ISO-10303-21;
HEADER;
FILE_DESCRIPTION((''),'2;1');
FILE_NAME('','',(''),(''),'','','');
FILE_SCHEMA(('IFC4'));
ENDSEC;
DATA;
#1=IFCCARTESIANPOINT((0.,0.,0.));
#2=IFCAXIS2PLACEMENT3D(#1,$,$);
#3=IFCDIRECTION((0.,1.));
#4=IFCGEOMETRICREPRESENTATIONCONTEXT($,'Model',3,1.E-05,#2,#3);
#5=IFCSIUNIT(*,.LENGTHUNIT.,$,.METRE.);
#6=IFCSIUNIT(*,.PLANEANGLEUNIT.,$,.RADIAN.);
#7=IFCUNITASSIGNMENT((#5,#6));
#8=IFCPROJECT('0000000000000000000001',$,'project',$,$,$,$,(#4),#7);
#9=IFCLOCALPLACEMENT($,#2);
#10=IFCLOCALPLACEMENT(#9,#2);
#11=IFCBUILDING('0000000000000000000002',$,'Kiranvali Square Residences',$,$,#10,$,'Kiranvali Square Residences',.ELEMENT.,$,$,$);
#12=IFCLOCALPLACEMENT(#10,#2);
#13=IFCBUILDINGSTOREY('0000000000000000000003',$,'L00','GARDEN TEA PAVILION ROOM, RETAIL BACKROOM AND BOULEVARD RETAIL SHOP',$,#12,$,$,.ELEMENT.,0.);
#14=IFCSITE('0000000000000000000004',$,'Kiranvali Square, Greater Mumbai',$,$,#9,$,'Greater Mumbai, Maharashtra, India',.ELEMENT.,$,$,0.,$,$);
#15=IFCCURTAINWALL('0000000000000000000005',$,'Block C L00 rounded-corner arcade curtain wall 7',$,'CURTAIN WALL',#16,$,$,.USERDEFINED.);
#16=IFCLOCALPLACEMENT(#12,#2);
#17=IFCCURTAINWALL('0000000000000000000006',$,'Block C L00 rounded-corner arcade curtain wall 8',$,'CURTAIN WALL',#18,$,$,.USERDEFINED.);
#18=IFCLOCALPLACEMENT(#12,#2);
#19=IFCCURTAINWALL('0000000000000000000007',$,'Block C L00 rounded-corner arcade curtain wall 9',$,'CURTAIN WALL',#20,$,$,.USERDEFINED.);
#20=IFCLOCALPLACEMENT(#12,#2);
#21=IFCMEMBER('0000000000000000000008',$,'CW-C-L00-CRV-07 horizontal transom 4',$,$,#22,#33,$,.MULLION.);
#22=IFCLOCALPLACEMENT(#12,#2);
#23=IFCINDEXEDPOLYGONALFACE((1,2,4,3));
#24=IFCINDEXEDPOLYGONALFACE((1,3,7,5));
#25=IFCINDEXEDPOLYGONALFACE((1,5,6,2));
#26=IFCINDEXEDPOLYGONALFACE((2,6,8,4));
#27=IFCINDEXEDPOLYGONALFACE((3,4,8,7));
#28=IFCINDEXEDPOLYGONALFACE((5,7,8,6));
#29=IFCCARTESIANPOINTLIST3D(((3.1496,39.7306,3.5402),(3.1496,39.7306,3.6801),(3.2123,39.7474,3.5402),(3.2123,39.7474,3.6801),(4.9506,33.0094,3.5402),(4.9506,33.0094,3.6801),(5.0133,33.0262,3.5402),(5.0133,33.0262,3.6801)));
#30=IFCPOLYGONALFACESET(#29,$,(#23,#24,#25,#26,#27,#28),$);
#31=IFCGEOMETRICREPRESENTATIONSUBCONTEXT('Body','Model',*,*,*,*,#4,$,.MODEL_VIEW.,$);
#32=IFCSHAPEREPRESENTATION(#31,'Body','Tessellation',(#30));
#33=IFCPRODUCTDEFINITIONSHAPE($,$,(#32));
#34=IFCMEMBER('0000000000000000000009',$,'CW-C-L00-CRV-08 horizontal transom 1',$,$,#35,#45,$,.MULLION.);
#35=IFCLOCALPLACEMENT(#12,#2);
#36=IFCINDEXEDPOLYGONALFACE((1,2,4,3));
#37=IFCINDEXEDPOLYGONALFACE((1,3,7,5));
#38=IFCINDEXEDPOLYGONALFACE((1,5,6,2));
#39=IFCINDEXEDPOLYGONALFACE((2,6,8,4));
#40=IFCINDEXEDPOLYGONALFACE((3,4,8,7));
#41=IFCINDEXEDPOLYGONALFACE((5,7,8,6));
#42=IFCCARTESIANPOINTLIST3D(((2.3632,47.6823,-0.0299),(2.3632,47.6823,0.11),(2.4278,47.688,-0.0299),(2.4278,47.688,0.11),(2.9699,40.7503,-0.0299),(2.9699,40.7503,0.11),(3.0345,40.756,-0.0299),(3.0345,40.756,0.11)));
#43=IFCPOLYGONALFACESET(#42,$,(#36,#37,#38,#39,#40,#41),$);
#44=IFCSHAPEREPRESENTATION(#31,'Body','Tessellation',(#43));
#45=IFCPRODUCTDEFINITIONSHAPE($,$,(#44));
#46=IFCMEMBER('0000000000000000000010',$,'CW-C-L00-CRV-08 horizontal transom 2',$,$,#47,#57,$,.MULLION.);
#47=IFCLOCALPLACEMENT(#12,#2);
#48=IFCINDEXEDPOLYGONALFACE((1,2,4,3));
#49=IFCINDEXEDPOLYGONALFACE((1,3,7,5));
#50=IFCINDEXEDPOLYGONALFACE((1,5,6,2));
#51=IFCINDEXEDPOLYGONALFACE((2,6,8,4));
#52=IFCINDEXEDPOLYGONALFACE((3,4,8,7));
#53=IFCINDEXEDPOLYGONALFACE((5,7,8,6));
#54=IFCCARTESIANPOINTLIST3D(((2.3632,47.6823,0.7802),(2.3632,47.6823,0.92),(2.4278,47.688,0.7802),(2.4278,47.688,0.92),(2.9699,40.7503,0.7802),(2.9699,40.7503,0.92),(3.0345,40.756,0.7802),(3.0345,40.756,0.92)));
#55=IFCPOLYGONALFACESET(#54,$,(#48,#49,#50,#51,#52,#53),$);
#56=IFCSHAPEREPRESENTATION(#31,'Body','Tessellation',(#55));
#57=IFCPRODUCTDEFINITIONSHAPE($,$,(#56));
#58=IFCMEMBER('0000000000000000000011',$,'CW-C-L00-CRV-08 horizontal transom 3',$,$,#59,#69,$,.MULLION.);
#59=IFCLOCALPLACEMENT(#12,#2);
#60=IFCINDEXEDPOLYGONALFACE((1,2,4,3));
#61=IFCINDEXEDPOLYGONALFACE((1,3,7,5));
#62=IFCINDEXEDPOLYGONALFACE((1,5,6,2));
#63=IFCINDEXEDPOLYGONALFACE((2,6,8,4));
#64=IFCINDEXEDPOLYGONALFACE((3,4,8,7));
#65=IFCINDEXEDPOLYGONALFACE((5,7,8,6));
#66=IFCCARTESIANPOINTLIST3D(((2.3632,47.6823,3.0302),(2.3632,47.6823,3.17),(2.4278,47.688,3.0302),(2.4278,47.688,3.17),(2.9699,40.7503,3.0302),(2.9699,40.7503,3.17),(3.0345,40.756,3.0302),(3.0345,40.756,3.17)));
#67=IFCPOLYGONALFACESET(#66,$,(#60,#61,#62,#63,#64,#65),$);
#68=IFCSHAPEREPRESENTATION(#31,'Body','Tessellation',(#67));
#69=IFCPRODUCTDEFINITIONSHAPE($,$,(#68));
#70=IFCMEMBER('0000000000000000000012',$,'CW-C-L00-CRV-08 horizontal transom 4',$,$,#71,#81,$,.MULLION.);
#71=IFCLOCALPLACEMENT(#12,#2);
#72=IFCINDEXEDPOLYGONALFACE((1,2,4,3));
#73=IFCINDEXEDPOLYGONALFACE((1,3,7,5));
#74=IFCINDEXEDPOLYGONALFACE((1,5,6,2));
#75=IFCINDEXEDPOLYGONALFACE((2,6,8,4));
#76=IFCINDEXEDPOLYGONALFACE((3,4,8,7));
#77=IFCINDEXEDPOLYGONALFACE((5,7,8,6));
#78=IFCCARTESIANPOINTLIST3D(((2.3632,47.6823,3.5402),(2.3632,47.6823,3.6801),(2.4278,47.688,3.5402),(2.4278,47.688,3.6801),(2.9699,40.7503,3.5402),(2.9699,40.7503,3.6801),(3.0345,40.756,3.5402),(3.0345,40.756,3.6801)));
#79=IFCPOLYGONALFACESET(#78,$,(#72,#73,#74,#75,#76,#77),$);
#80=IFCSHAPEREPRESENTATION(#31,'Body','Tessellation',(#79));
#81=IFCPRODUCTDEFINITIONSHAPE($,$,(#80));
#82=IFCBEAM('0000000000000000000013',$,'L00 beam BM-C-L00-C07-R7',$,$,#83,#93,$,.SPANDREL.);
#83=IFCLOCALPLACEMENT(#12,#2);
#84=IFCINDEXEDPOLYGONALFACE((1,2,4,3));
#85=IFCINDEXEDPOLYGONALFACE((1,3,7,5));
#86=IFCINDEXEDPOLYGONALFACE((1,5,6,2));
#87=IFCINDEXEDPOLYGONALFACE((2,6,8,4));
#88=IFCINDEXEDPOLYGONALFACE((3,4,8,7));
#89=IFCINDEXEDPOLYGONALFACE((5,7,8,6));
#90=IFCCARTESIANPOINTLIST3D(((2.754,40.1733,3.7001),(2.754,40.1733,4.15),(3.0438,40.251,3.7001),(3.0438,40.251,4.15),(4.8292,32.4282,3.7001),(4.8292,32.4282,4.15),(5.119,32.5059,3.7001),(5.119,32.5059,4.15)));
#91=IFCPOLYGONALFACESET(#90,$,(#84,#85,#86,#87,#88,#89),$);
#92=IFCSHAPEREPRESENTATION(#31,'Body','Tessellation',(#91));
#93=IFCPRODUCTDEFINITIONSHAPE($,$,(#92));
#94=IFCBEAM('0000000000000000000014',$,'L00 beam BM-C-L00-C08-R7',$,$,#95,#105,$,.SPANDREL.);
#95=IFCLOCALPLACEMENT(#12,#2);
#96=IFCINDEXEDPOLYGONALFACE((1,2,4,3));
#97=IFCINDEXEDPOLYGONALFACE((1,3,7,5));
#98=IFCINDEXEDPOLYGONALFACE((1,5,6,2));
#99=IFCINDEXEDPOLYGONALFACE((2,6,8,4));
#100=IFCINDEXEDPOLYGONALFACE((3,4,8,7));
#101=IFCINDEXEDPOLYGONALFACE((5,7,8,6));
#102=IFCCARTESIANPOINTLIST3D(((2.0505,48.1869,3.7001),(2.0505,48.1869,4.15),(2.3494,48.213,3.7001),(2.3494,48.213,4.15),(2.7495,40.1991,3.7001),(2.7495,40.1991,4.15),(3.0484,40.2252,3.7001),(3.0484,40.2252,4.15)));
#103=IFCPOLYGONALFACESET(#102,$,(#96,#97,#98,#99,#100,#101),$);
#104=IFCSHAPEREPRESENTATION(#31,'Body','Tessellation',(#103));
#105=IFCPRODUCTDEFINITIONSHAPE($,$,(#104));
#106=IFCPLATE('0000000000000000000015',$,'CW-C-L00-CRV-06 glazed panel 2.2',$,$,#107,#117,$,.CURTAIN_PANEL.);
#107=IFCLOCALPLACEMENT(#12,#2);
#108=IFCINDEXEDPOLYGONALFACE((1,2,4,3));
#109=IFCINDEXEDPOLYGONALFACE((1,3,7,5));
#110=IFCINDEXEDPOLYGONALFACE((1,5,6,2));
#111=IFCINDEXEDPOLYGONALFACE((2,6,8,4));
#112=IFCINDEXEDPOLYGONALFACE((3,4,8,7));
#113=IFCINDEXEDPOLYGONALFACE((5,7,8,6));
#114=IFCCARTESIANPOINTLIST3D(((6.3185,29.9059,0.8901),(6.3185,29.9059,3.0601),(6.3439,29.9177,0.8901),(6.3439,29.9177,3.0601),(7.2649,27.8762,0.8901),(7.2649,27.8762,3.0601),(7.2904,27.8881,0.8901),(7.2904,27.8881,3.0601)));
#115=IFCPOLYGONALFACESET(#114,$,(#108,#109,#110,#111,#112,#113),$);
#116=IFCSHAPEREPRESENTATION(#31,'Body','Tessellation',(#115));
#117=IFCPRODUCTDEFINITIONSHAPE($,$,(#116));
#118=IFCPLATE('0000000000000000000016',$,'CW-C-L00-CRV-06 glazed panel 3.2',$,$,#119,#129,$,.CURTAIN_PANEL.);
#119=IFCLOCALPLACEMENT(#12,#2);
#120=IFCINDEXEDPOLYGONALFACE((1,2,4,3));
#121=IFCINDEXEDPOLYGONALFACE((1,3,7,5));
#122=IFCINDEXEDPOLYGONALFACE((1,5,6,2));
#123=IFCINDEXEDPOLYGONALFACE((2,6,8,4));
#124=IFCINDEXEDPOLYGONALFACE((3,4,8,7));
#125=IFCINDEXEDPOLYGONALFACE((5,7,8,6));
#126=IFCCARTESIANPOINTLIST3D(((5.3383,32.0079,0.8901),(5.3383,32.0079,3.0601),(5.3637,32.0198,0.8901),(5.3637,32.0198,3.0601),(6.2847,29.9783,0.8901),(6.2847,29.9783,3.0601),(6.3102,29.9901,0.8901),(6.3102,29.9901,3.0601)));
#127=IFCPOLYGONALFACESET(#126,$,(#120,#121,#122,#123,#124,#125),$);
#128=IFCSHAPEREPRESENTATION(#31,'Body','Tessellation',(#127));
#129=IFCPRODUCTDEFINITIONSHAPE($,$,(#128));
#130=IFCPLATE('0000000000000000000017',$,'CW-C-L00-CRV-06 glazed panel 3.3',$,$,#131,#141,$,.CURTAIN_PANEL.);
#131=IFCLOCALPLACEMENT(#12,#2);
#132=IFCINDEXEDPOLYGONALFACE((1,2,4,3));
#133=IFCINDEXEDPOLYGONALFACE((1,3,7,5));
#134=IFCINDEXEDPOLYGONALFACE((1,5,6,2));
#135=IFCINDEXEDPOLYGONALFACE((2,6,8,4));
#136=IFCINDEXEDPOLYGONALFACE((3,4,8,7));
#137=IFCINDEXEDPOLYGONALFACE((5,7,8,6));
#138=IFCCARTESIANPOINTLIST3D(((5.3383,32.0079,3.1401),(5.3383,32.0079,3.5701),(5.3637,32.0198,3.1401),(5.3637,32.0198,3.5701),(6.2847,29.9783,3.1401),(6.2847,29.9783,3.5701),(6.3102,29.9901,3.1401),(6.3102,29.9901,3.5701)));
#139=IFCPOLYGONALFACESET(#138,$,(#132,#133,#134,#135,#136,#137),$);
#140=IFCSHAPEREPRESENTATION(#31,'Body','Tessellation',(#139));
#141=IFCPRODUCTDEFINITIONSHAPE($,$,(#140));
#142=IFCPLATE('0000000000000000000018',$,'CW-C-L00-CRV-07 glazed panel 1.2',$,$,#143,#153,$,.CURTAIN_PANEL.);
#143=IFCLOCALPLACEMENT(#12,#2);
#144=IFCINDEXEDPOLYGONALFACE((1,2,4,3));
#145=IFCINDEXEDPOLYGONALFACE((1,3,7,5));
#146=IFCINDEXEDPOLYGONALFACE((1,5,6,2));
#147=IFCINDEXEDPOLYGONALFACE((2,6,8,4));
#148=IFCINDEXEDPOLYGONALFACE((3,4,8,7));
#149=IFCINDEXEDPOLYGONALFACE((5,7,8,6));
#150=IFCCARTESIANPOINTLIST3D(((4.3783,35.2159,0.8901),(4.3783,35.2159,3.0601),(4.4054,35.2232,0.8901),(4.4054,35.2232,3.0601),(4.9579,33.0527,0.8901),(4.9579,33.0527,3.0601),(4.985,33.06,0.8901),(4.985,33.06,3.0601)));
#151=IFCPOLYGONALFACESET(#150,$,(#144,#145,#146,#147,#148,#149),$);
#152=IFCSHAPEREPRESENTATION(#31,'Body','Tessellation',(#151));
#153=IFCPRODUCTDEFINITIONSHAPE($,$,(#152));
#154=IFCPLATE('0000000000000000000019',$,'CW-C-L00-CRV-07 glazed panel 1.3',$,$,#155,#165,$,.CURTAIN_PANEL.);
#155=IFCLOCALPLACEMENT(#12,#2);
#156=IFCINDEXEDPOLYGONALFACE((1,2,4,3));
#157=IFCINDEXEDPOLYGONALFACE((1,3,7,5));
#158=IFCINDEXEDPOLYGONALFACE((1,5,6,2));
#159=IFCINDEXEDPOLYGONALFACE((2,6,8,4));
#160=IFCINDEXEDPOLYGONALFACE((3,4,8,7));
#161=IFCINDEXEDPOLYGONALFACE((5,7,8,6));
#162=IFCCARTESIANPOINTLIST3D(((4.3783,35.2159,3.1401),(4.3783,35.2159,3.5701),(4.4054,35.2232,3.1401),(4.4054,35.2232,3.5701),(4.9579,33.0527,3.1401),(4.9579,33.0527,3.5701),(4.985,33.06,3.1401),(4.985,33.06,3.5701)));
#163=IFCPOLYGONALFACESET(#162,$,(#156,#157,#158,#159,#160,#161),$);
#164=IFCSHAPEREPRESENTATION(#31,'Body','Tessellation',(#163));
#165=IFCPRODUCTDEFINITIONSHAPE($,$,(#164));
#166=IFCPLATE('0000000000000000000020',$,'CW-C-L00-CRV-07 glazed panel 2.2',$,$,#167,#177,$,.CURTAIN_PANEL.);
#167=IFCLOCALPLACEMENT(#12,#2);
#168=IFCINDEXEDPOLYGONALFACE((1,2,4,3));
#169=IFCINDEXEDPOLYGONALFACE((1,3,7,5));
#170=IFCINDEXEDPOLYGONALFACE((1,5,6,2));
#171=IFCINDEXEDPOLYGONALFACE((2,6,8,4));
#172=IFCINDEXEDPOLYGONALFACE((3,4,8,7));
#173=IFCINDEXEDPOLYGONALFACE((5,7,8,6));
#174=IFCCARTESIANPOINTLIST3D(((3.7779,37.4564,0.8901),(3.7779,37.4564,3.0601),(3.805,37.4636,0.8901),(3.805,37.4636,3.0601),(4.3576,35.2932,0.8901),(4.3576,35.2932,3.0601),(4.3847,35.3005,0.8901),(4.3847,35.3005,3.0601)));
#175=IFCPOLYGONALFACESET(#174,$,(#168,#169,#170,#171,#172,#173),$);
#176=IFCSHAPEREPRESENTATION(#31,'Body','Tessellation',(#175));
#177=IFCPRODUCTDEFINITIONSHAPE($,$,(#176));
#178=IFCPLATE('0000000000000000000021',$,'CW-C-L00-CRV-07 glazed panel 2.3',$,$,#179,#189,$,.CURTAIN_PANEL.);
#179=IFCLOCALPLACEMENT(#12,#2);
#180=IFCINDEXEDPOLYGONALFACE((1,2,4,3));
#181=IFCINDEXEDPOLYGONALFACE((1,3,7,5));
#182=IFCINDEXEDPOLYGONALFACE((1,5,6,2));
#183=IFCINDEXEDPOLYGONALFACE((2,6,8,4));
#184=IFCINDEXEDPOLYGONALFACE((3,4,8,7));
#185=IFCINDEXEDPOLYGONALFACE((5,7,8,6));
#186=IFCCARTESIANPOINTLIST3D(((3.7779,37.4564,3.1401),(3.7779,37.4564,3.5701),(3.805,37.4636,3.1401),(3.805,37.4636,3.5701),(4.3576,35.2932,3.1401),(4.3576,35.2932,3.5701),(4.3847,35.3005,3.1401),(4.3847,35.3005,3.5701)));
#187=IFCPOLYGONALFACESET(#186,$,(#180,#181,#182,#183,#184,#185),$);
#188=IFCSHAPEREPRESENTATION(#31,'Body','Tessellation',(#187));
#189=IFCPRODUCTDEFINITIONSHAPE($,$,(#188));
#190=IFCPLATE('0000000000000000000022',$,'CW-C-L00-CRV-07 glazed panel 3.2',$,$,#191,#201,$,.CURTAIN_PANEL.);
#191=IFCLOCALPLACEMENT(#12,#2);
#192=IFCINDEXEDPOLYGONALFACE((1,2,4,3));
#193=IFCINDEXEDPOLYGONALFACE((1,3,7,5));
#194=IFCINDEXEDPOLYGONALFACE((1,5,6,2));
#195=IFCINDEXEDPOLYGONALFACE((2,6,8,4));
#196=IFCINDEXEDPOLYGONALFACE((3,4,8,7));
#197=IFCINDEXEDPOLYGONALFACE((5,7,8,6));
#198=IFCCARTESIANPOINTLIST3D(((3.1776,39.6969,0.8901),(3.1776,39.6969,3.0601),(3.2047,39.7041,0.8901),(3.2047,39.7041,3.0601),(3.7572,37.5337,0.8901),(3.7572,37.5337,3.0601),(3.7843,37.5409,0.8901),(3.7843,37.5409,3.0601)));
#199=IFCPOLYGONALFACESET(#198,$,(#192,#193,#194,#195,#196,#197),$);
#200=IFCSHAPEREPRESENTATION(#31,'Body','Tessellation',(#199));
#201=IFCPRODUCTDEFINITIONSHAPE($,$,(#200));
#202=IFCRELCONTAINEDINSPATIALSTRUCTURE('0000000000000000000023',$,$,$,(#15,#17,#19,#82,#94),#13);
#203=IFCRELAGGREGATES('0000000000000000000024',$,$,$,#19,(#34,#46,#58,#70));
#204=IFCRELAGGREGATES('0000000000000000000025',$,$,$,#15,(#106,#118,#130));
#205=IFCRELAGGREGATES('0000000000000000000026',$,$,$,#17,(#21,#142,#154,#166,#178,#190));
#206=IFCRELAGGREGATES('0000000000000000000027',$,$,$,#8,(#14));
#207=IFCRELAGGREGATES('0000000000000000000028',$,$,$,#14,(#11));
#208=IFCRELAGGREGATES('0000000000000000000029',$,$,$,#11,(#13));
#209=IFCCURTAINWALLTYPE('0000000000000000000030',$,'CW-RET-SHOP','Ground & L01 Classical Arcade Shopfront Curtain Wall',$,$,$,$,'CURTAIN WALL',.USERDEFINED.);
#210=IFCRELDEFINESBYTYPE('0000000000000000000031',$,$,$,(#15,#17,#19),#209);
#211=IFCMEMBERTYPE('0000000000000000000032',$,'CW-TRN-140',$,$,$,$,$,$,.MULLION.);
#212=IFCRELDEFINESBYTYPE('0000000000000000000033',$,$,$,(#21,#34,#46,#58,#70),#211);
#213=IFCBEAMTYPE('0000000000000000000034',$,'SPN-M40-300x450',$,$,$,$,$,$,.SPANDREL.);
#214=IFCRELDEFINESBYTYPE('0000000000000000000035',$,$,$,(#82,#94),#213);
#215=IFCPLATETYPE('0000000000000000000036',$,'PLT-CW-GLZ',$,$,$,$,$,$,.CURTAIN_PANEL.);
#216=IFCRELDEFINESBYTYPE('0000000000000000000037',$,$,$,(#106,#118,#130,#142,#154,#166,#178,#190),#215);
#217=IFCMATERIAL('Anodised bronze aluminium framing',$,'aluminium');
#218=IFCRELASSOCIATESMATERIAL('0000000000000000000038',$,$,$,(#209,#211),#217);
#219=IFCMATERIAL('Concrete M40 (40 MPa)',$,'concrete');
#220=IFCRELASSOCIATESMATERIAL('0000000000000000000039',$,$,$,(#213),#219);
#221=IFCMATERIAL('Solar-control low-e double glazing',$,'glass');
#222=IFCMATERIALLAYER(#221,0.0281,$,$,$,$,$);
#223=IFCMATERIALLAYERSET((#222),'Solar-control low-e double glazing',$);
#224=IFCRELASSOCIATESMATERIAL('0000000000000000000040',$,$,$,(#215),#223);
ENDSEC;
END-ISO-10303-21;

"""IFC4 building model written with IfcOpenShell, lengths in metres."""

from ifc_helpers import new_model, si_unit, direction, frame, origin, origin_2d, place, context, subcontext, project, spatial, rectangle, extrude, material, layer, layer_set, material_profile, profile_set, type_object, element, aggregate, save


model = new_model("IFC4")

# Units and contexts
model_context = context("Model", 3, precision=1e-05, world=origin(), true_north=direction((0.0, 1.0)))
body_context = subcontext(model_context, "Body", "Model", "MODEL_VIEW")
ifc_project = project(units=[si_unit("LENGTHUNIT", "METRE"), si_unit("PLANEANGLEUNIT", "RADIAN")], contexts=[model_context])

# Site, building, storey
site_placement = place(None, origin())
site = spatial("IfcSite", under=ifc_project, at=site_placement, Name="Kiranvali Square, Greater Mumbai", LongName="Greater Mumbai, Maharashtra, India", CompositionType="ELEMENT", RefElevation=0.0)
building_placement = place(site_placement, origin())
building = spatial("IfcBuilding", under=site, at=building_placement, Name="Kiranvali Square Residences", LongName="Kiranvali Square Residences", CompositionType="ELEMENT")
storey_placement = place(building_placement, origin())
storey = spatial("IfcBuildingStorey", under=building, at=storey_placement, Name="L00", Description="GARDEN TEA PAVILION ROOM, RETAIL BACKROOM AND BOULEVARD RETAIL SHOP", CompositionType="ELEMENT", Elevation=0.0)

# Curtain walls
ifc_material_1 = material(Name="Anodised bronze aluminium framing", Category="aluminium")
curtain_wall_type = type_object("IfcCurtainWallType", Name="CW-RET-SHOP", Description="Ground & L01 Classical Arcade Shopfront Curtain Wall", ElementType="CURTAIN WALL", PredefinedType="USERDEFINED", material=ifc_material_1)
curtain_wall_1_placement = place(storey_placement, origin())
curtain_wall_1 = element("IfcCurtainWall", 1, at=curtain_wall_1_placement, inside=storey, type_object=curtain_wall_type, Name="Block C L00 rounded-corner arcade curtain wall 7", ObjectType="CURTAIN WALL", PredefinedType="USERDEFINED")
curtain_wall_2_placement = place(storey_placement, origin())
curtain_wall_2 = element("IfcCurtainWall", 2, at=curtain_wall_2_placement, inside=storey, type_object=curtain_wall_type, Name="Block C L00 rounded-corner arcade curtain wall 8", ObjectType="CURTAIN WALL", PredefinedType="USERDEFINED")

# Curtain wall
curtain_wall_3_placement = place(storey_placement, origin())
curtain_wall_3 = element("IfcCurtainWall", 3, at=curtain_wall_3_placement, inside=storey, type_object=curtain_wall_type, Name="Block C L00 rounded-corner arcade curtain wall 9", ObjectType="CURTAIN WALL", PredefinedType="USERDEFINED")

# Members
ifc_material_profile_1 = material_profile(ifc_material_1, rectangle(XDim=0.0649, YDim=0.1399, at=origin_2d()), Name="ALU 65x140")
ifc_profile_set_1 = profile_set([ifc_material_profile_1], Name="Anodised bronze aluminium framing")
member_type_1 = type_object("IfcMemberType", Name="CW-TRN-140", PredefinedType="MULLION", material=ifc_profile_set_1)
member_1_placement = place(storey_placement, frame((4.9819, 33.0178, 3.6101), z_axis=(-0.258831, 0.965923, 0.0), x_axis=(-0.965923, -0.258831, 0.0)))
member_1 = element("IfcMember", 4, at=member_1_placement, type_object=member_type_1, Name="CW-C-L00-CRV-07 horizontal transom 4", PredefinedType="MULLION", context=body_context, shape_type="SweptSolid", body=[
    extrude(rectangle(XDim=0.0649, YDim=0.1399, at=origin_2d()), origin(), (0.0, 0.0, 1.0), 6.9583),
])
member_2_placement = place(storey_placement, frame((3.0022, 40.7532, 0.04), z_axis=(-0.087188, 0.996192, 0.0), x_axis=(-0.996192, -0.087188, 0.0)))
member_2 = element("IfcMember", 5, at=member_2_placement, type_object=member_type_1, Name="CW-C-L00-CRV-08 horizontal transom 1", PredefinedType="MULLION", context=body_context, shape_type="SweptSolid", body=[
    extrude(rectangle(XDim=0.0649, YDim=0.1399, at=origin_2d()), origin(), (0.0, 0.0, 1.0), 6.9585),
])
member_3_placement = place(storey_placement, frame((3.0022, 40.7532, 0.8501), z_axis=(-0.087188, 0.996192, 0.0), x_axis=(-0.996192, -0.087188, 0.0)))
member_3 = element("IfcMember", 6, at=member_3_placement, type_object=member_type_1, Name="CW-C-L00-CRV-08 horizontal transom 2", PredefinedType="MULLION", context=body_context, shape_type="SweptSolid", body=[
    extrude(rectangle(XDim=0.0649, YDim=0.1399, at=origin_2d()), origin(), (0.0, 0.0, 1.0), 6.9585),
])
member_4_placement = place(storey_placement, frame((3.0022, 40.7532, 3.1001), z_axis=(-0.087188, 0.996192, 0.0), x_axis=(-0.996192, -0.087188, 0.0)))
member_4 = element("IfcMember", 7, at=member_4_placement, type_object=member_type_1, Name="CW-C-L00-CRV-08 horizontal transom 3", PredefinedType="MULLION", context=body_context, shape_type="SweptSolid", body=[
    extrude(rectangle(XDim=0.0649, YDim=0.1399, at=origin_2d()), origin(), (0.0, 0.0, 1.0), 6.9585),
])
member_5_placement = place(storey_placement, frame((3.0022, 40.7532, 3.6101), z_axis=(-0.087188, 0.996192, 0.0), x_axis=(-0.996192, -0.087188, 0.0)))
member_5 = element("IfcMember", 8, at=member_5_placement, type_object=member_type_1, Name="CW-C-L00-CRV-08 horizontal transom 4", PredefinedType="MULLION", context=body_context, shape_type="SweptSolid", body=[
    extrude(rectangle(XDim=0.0649, YDim=0.1399, at=origin_2d()), origin(), (0.0, 0.0, 1.0), 6.9585),
])
aggregate(curtain_wall_3, [member_2, member_3, member_4, member_5])

# Beams
ifc_material_2 = material(Name="Concrete M40 (40 MPa)", Category="concrete")
ifc_material_profile_2 = material_profile(ifc_material_2, rectangle(XDim=0.3, YDim=0.45, at=origin_2d()), Name="RC 300x450")
ifc_profile_set_2 = profile_set([ifc_material_profile_2], Name="Concrete M40 (40 MPa)")
beam_type_1 = type_object("IfcBeamType", Name="SPN-M40-300x450", PredefinedType="SPANDREL", material=ifc_profile_set_2)
for number, where, z_axis, x_axis, name in (
    (9, (4.9741, 32.467, 3.925), (-0.258807, 0.965929, 0.0), (-0.965929, -0.258807, 0.0), "L00 beam BM-C-L00-C07-R7"),
    (10, (2.8989, 40.2122, 3.925), (-0.087172, 0.996193, 0.0), (-0.996193, -0.087172, 0.0), "L00 beam BM-C-L00-C08-R7"),
):
    element("IfcBeam", number, at=place(storey_placement, frame(where, z_axis=z_axis, x_axis=x_axis)), inside=storey, type_object=beam_type_1, Name=name, PredefinedType="SPANDREL", context=body_context, shape_type="SweptSolid", body=[
        extrude(rectangle(XDim=0.3, YDim=0.45, at=origin_2d()), origin(), (0.0, 0.0, 1.0), 8.0183),
    ])

# Plates
ifc_material_3 = material(Name="Solar-control low-e double glazing", Category="glass")
ifc_layer_1 = layer(ifc_material_3, 0.0281)
ifc_layer_set_1 = layer_set([ifc_layer_1], Name="Solar-control low-e double glazing")
plate_type_1 = type_object("IfcPlateType", Name="PLT-CW-GLZ", PredefinedType="CURTAIN_PANEL", material=ifc_layer_set_1)
plate_1_placement = place(storey_placement, frame((6.8044, 28.897, 0.8901), z_axis=(0.0, 0.0, 1.0), x_axis=(-0.422618, 0.906308, 0.0)))
plate_1 = element("IfcPlate", 11, at=plate_1_placement, type_object=plate_type_1, Name="CW-C-L00-CRV-06 glazed panel 2.2", PredefinedType="CURTAIN_PANEL", context=body_context, shape_type="SweptSolid", body=[
    extrude(rectangle(XDim=2.2395, YDim=0.0281, at=origin_2d()), origin(), (0.0, 0.0, 1.0), 2.1699),
])
plate_2_placement = place(storey_placement, frame((5.8242, 30.999, 0.8901), z_axis=(0.0, 0.0, 1.0), x_axis=(-0.422618, 0.906308, 0.0)))
plate_2 = element("IfcPlate", 12, at=plate_2_placement, type_object=plate_type_1, Name="CW-C-L00-CRV-06 glazed panel 3.2", PredefinedType="CURTAIN_PANEL", context=body_context, shape_type="SweptSolid", body=[
    extrude(rectangle(XDim=2.2395, YDim=0.0281, at=origin_2d()), origin(), (0.0, 0.0, 1.0), 2.1699),
])
plate_3_placement = place(storey_placement, frame((5.8242, 30.999, 3.1401), z_axis=(0.0, 0.0, 1.0), x_axis=(-0.422618, 0.906308, 0.0)))
plate_3 = element("IfcPlate", 13, at=plate_3_placement, type_object=plate_type_1, Name="CW-C-L00-CRV-06 glazed panel 3.3", PredefinedType="CURTAIN_PANEL", context=body_context, shape_type="SweptSolid", body=[
    extrude(rectangle(XDim=2.2395, YDim=0.0281, at=origin_2d()), origin(), (0.0, 0.0, 1.0), 0.4299),
])
plate_4_placement = place(storey_placement, frame((4.6816, 34.1379, 0.8901), z_axis=(0.0, 0.0, 1.0), x_axis=(-0.258819, 0.965926, 0.0)))
plate_4 = element("IfcPlate", 14, at=plate_4_placement, type_object=plate_type_1, Name="CW-C-L00-CRV-07 glazed panel 1.2", PredefinedType="CURTAIN_PANEL", context=body_context, shape_type="SweptSolid", body=[
    extrude(rectangle(XDim=2.2395, YDim=0.0281, at=origin_2d()), origin(), (0.0, 0.0, 1.0), 2.1699),
])
plate_5_placement = place(storey_placement, frame((4.6816, 34.1379, 3.1401), z_axis=(0.0, 0.0, 1.0), x_axis=(-0.258819, 0.965926, 0.0)))
plate_5 = element("IfcPlate", 15, at=plate_5_placement, type_object=plate_type_1, Name="CW-C-L00-CRV-07 glazed panel 1.3", PredefinedType="CURTAIN_PANEL", context=body_context, shape_type="SweptSolid", body=[
    extrude(rectangle(XDim=2.2395, YDim=0.0281, at=origin_2d()), origin(), (0.0, 0.0, 1.0), 0.4299),
])
plate_6_placement = place(storey_placement, frame((4.0813, 36.3784, 0.8901), z_axis=(0.0, 0.0, 1.0), x_axis=(-0.258819, 0.965926, 0.0)))
plate_6 = element("IfcPlate", 16, at=plate_6_placement, type_object=plate_type_1, Name="CW-C-L00-CRV-07 glazed panel 2.2", PredefinedType="CURTAIN_PANEL", context=body_context, shape_type="SweptSolid", body=[
    extrude(rectangle(XDim=2.2395, YDim=0.0281, at=origin_2d()), origin(), (0.0, 0.0, 1.0), 2.1699),
])
plate_7_placement = place(storey_placement, frame((4.0813, 36.3784, 3.1401), z_axis=(0.0, 0.0, 1.0), x_axis=(-0.258819, 0.965926, 0.0)))
plate_7 = element("IfcPlate", 17, at=plate_7_placement, type_object=plate_type_1, Name="CW-C-L00-CRV-07 glazed panel 2.3", PredefinedType="CURTAIN_PANEL", context=body_context, shape_type="SweptSolid", body=[
    extrude(rectangle(XDim=2.2395, YDim=0.0281, at=origin_2d()), origin(), (0.0, 0.0, 1.0), 0.4299),
])
plate_8_placement = place(storey_placement, frame((3.481, 38.6189, 0.8901), z_axis=(0.0, 0.0, 1.0), x_axis=(-0.258819, 0.965926, 0.0)))
plate_8 = element("IfcPlate", 18, at=plate_8_placement, type_object=plate_type_1, Name="CW-C-L00-CRV-07 glazed panel 3.2", PredefinedType="CURTAIN_PANEL", context=body_context, shape_type="SweptSolid", body=[
    extrude(rectangle(XDim=2.2395, YDim=0.0281, at=origin_2d()), origin(), (0.0, 0.0, 1.0), 2.1699),
])
aggregate(curtain_wall_1, [plate_1, plate_2, plate_3])
aggregate(curtain_wall_2, [member_1, plate_4, plate_5, plate_6, plate_7, plate_8])

save(model, "model.ifc")
